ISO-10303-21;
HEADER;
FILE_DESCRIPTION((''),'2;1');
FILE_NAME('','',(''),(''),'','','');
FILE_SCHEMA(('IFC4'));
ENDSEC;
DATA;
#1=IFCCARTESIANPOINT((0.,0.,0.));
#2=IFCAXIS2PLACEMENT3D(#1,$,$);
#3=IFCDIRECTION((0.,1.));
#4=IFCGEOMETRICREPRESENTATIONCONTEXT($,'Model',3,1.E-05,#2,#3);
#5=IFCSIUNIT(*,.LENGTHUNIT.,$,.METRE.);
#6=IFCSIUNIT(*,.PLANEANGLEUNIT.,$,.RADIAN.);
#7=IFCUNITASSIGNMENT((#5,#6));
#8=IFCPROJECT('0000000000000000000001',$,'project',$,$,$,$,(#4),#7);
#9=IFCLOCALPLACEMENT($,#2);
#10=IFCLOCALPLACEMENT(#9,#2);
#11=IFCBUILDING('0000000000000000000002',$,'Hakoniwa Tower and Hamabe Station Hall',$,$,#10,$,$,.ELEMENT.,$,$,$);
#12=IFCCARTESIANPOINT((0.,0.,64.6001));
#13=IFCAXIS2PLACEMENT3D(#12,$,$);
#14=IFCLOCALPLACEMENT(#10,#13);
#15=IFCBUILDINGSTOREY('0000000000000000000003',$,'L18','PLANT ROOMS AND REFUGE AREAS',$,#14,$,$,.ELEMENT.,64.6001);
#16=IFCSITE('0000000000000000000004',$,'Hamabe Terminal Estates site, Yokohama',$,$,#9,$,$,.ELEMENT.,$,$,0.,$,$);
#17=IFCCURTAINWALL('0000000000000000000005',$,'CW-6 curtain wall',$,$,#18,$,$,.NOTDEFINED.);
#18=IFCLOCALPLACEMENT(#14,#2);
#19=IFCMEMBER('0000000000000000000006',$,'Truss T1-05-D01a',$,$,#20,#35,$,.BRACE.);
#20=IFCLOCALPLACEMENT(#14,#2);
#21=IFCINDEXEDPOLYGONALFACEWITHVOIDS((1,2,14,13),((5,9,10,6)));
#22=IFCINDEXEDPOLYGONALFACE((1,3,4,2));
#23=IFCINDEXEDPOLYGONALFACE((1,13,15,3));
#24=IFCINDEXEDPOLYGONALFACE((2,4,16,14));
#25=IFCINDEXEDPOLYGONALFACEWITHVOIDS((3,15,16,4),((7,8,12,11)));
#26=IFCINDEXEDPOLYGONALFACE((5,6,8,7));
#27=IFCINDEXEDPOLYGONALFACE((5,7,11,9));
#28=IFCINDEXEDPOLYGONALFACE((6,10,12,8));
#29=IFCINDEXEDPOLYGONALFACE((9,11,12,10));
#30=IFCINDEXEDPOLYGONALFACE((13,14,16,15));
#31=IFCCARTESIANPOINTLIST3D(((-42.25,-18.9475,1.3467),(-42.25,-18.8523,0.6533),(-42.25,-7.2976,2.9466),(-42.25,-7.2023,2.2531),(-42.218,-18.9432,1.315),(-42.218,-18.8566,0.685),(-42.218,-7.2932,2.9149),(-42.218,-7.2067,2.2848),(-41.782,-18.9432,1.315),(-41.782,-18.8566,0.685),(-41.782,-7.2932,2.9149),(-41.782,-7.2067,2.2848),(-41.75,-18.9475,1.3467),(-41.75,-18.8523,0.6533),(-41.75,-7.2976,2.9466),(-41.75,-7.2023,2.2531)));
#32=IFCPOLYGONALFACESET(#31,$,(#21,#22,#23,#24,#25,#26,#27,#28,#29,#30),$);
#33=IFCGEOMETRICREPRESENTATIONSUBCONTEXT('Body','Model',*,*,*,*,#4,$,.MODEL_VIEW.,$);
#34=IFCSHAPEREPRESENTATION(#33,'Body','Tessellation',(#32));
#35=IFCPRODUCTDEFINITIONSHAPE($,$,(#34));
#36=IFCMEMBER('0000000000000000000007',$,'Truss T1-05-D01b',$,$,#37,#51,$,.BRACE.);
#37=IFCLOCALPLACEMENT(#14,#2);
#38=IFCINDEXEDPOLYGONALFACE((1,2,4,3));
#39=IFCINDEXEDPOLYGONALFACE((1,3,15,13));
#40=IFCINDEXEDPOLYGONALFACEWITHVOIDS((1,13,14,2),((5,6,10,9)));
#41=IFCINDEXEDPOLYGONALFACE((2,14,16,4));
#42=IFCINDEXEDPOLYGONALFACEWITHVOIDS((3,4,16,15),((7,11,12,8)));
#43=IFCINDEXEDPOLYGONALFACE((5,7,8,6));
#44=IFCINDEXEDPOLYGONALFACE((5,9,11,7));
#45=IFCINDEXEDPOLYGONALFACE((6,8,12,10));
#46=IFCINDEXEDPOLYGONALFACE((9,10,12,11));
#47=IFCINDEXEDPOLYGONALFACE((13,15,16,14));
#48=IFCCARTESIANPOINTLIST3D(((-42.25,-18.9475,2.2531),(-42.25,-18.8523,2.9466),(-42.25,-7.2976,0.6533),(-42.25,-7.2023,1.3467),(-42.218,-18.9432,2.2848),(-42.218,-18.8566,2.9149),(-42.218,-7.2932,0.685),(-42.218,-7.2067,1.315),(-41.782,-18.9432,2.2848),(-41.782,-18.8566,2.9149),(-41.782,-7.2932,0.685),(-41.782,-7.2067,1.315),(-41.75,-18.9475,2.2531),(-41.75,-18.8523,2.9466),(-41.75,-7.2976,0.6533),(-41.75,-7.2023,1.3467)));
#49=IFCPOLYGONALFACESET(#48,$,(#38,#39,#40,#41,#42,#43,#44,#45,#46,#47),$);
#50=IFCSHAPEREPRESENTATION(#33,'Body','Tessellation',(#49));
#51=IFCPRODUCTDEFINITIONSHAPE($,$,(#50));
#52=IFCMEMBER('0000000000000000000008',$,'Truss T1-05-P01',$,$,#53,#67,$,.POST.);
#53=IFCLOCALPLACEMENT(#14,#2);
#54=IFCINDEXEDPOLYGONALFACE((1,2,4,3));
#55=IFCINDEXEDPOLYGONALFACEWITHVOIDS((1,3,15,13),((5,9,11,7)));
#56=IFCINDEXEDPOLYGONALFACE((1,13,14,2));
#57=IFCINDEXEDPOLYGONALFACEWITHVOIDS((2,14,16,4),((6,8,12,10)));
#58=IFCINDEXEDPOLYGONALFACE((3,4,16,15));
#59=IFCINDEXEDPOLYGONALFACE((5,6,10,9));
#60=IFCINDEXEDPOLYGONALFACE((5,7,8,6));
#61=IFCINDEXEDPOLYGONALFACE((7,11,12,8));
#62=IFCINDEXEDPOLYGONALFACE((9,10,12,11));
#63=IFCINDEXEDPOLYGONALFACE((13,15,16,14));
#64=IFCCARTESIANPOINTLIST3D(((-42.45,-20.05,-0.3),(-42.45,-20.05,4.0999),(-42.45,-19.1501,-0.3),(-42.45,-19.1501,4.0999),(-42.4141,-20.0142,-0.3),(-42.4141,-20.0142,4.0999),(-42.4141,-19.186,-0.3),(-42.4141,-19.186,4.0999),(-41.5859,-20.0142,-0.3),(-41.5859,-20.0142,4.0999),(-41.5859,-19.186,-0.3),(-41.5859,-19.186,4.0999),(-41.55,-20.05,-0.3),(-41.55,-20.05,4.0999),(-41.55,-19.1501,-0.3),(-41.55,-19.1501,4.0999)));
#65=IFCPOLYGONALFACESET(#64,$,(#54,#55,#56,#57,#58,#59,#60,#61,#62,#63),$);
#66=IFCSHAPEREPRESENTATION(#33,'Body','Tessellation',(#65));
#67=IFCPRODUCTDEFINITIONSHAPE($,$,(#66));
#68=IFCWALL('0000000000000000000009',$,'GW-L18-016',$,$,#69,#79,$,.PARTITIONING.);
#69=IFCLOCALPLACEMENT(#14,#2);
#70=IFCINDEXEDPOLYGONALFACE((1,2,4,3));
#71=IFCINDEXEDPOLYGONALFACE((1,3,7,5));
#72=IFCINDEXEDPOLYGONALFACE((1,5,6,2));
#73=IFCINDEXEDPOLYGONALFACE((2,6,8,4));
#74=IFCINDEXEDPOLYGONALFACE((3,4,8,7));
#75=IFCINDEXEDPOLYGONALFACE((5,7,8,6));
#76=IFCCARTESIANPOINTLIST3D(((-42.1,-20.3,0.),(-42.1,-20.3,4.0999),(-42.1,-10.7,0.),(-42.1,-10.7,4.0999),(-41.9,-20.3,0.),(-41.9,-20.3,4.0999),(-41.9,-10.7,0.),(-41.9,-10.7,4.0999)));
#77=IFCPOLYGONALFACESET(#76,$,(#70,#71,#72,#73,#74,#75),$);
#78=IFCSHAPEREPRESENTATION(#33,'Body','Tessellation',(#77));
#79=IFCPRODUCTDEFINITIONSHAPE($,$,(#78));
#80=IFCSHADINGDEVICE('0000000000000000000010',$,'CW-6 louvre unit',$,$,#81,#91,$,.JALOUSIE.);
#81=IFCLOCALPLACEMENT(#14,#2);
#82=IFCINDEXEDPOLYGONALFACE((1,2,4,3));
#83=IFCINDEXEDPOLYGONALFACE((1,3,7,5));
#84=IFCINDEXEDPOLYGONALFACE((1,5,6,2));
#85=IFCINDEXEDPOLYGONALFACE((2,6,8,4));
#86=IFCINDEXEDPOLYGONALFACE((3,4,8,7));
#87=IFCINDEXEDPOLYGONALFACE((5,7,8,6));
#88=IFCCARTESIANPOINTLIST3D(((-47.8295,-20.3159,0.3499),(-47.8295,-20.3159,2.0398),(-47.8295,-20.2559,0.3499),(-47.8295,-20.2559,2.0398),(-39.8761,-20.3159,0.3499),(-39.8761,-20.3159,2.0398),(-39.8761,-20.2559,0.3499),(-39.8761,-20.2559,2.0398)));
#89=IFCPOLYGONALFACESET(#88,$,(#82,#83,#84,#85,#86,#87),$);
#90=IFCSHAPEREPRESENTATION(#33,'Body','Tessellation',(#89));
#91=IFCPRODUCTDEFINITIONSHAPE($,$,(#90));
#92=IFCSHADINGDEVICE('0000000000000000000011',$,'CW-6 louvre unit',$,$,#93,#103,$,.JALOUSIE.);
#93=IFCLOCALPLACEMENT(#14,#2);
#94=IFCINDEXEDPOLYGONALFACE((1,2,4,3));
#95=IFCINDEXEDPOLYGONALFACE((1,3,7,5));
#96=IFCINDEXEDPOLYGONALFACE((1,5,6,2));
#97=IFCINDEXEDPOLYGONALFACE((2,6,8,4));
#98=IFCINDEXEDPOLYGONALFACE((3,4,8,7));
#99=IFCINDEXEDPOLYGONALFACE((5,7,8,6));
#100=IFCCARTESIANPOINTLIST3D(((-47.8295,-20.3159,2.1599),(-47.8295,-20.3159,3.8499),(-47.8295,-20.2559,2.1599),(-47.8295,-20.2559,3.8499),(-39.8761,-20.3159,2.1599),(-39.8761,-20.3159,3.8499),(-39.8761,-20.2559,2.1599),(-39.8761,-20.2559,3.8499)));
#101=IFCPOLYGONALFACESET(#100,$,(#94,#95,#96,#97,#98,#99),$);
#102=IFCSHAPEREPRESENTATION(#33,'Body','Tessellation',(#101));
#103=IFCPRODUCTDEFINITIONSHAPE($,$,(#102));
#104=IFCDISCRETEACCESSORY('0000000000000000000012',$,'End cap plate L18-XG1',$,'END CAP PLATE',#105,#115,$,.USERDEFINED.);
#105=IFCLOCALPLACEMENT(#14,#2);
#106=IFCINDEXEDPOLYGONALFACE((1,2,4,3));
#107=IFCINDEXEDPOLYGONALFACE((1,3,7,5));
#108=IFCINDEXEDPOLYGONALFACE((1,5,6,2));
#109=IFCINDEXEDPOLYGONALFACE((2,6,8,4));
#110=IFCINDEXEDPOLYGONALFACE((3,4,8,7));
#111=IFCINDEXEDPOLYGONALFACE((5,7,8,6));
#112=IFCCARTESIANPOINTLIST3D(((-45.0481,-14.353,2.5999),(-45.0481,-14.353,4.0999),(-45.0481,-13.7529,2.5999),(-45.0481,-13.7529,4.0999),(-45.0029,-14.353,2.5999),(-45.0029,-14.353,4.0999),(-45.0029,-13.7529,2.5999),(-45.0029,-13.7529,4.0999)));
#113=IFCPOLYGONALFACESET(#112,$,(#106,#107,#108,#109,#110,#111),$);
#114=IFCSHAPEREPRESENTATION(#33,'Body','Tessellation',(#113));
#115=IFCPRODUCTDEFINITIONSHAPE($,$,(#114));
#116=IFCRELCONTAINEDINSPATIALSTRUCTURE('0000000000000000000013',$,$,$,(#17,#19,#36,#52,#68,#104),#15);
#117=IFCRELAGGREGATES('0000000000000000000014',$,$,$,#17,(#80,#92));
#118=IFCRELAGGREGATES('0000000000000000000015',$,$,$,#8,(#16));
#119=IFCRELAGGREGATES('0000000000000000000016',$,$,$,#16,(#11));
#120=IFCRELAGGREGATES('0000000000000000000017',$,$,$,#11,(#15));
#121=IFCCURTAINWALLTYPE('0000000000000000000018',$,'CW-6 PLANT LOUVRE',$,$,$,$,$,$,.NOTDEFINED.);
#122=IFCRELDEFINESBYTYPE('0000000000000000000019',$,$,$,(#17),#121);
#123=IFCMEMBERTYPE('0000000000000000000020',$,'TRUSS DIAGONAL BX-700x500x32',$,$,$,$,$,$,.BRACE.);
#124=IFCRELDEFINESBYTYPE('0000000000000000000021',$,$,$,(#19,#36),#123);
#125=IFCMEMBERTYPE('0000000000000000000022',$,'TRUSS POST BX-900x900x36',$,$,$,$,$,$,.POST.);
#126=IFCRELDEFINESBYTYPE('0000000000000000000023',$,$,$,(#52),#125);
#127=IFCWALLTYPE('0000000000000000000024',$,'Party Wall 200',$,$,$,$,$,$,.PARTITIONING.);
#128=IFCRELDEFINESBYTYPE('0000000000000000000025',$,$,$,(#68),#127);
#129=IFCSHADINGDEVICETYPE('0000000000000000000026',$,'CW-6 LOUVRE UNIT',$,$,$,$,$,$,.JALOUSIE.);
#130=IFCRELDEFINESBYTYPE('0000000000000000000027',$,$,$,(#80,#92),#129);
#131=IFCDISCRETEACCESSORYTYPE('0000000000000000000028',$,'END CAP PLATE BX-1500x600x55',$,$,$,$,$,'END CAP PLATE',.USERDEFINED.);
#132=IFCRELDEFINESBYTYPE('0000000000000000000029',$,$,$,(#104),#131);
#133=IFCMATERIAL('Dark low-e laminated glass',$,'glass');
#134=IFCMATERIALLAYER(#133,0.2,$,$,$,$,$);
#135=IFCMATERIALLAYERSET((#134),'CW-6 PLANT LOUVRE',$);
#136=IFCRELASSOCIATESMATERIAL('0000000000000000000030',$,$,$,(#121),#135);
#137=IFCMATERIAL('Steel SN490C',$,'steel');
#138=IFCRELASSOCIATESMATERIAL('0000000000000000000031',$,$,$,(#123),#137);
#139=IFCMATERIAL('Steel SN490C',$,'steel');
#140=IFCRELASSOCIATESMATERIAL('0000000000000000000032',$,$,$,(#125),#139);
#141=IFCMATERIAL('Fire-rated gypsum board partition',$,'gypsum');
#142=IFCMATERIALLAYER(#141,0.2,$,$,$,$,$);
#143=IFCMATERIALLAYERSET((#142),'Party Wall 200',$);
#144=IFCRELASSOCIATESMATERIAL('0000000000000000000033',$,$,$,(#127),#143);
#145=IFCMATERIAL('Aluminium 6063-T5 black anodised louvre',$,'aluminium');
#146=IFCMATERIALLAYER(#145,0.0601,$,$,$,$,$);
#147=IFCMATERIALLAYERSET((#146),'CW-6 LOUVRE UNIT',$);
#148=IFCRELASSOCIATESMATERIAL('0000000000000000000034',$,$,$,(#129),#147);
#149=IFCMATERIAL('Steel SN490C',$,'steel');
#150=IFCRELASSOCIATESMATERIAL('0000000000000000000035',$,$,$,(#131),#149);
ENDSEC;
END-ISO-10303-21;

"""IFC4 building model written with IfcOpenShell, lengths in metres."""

from ifc_helpers import new_model, si_unit, direction, frame, frame_2d, origin, origin_2d, place, context, subcontext, project, spatial, rectangle, hollow_rectangle, extrude, material, layer, layer_set, material_profile, profile_set, type_object, element, aggregate, save


model = new_model("IFC4")

# Units and contexts
model_context = context("Model", 3, precision=1e-05, world=origin(), true_north=direction((0.0, 1.0)))
body_context = subcontext(model_context, "Body", "Model", "MODEL_VIEW")
ifc_project = project(units=[si_unit("LENGTHUNIT", "METRE"), si_unit("PLANEANGLEUNIT", "RADIAN")], contexts=[model_context])

# Site, building, storey
site_placement = place(None, origin())
site = spatial("IfcSite", under=ifc_project, at=site_placement, Name="Hamabe Terminal Estates site, Yokohama", CompositionType="ELEMENT", RefElevation=0.0)
building_placement = place(site_placement, origin())
building = spatial("IfcBuilding", under=site, at=building_placement, Name="Hakoniwa Tower and Hamabe Station Hall", CompositionType="ELEMENT")
storey_placement = place(building_placement, frame((0.0, 0.0, 64.6001)))
storey = spatial("IfcBuildingStorey", under=building, at=storey_placement, Name="L18", Description="PLANT ROOMS AND REFUGE AREAS", CompositionType="ELEMENT", Elevation=64.6001)

# Curtain wall
ifc_material_1 = material(Name="Dark low-e laminated glass", Category="glass")
ifc_layer_1 = layer(ifc_material_1, 0.2)
ifc_layer_set_1 = layer_set([ifc_layer_1], Name="CW-6 PLANT LOUVRE")
curtain_wall_type = type_object("IfcCurtainWallType", Name="CW-6 PLANT LOUVRE", PredefinedType="NOTDEFINED", material=ifc_layer_set_1)
curtain_wall_1_placement = place(storey_placement, origin())
curtain_wall_1 = element("IfcCurtainWall", 1, at=curtain_wall_1_placement, inside=storey, type_object=curtain_wall_type, Name="CW-6 curtain wall", PredefinedType="NOTDEFINED")

# Members
ifc_material_2 = material(Name="Steel SN490C", Category="steel")
ifc_material_profile_1 = material_profile(ifc_material_2, hollow_rectangle(XDim=0.5, YDim=0.7, WallThickness=0.032, at=origin_2d()), Name="BX-700x500x32")
ifc_profile_set_1 = profile_set([ifc_material_profile_1], Name="Steel SN490C")
member_type_1 = type_object("IfcMemberType", Name="TRUSS DIAGONAL BX-700x500x32", PredefinedType="BRACE", material=ifc_profile_set_1)
for number, where, z_axis, x_axis, name in (
    (2, (-42.0, -18.8999, 1.0), (0.0, 0.990702, 0.136051), (-1.0, 0.0, 0.0), "Truss T1-05-D01a"),
    (3, (-42.0, -18.8999, 2.5999), (0.0, 0.990702, -0.136051), (-1.0, 0.0, 0.0), "Truss T1-05-D01b"),
):
    element("IfcMember", number, at=place(storey_placement, frame(where, z_axis=z_axis, x_axis=x_axis)), inside=storey, type_object=member_type_1, Name=name, PredefinedType="BRACE", context=body_context, shape_type="SweptSolid", body=[
        extrude(hollow_rectangle(XDim=0.5, YDim=0.7, WallThickness=0.032, at=origin_2d()), origin(), (0.0, 0.0, 1.0), 11.7593),
    ])
ifc_material_3 = material(Name="Steel SN490C", Category="steel")
ifc_material_profile_2 = material_profile(ifc_material_3, hollow_rectangle(XDim=0.8999, YDim=0.8999, WallThickness=0.0359, at=origin_2d()), Name="BX-900x900x36")
ifc_profile_set_2 = profile_set([ifc_material_profile_2], Name="Steel SN490C")
member_type_2 = type_object("IfcMemberType", Name="TRUSS POST BX-900x900x36", PredefinedType="POST", material=ifc_profile_set_2)
member_1_placement = place(storey_placement, frame((-42.0, -19.6001, -0.3), z_axis=(0.0, 0.0, 1.0), x_axis=(1.0, 0.0, 0.0)))
element("IfcMember", 4, at=member_1_placement, inside=storey, type_object=member_type_2, Name="Truss T1-05-P01", PredefinedType="POST", context=body_context, shape_type="SweptSolid", body=[
    extrude(hollow_rectangle(XDim=0.8999, YDim=0.8999, WallThickness=0.0359, at=origin_2d()), origin(), (0.0, 0.0, 1.0), 4.3999),
])

# Wall
ifc_material_4 = material(Name="Fire-rated gypsum board partition", Category="gypsum")
ifc_layer_2 = layer(ifc_material_4, 0.2)
ifc_layer_set_2 = layer_set([ifc_layer_2], Name="Party Wall 200")
wall_type = type_object("IfcWallType", Name="Party Wall 200", PredefinedType="PARTITIONING", material=ifc_layer_set_2)
wall_placement = place(storey_placement, frame((-42.0, -20.3, 0.0), z_axis=(0.0, 0.0, 1.0), x_axis=(0.0, 1.0, 0.0)))
element("IfcWall", 5, at=wall_placement, inside=storey, type_object=wall_type, Name="GW-L18-016", PredefinedType="PARTITIONING", context=body_context, shape_type="SweptSolid", body=[
    extrude(rectangle(XDim=9.6001, YDim=0.2, at=frame_2d((4.8, 0.0))), origin(), (0.0, 0.0, 1.0), 4.0999),
])

# Shading devices
ifc_material_5 = material(Name="Aluminium 6063-T5 black anodised louvre", Category="aluminium")
ifc_layer_3 = layer(ifc_material_5, 0.0601)
ifc_layer_set_3 = layer_set([ifc_layer_3], Name="CW-6 LOUVRE UNIT")
shading_device_type = type_object("IfcShadingDeviceType", Name="CW-6 LOUVRE UNIT", PredefinedType="JALOUSIE", material=ifc_layer_set_3)
shading_device_1_placement = place(storey_placement, frame((-43.8528, -20.2859, 0.3499), z_axis=(0.0, 0.0, 1.0), x_axis=(1.0, 0.0, 0.0)))
shading_device_1 = element("IfcShadingDevice", 6, at=shading_device_1_placement, type_object=shading_device_type, Name="CW-6 louvre unit", PredefinedType="JALOUSIE", context=body_context, shape_type="SweptSolid", body=[
    extrude(rectangle(XDim=7.9534, YDim=0.0601, at=origin_2d()), origin(), (0.0, 0.0, 1.0), 1.6899),
])
shading_device_2_placement = place(storey_placement, frame((-43.8528, -20.2859, 2.1599), z_axis=(0.0, 0.0, 1.0), x_axis=(1.0, 0.0, 0.0)))
shading_device_2 = element("IfcShadingDevice", 7, at=shading_device_2_placement, type_object=shading_device_type, Name="CW-6 louvre unit", PredefinedType="JALOUSIE", context=body_context, shape_type="SweptSolid", body=[
    extrude(rectangle(XDim=7.9534, YDim=0.0601, at=origin_2d()), origin(), (0.0, 0.0, 1.0), 1.6899),
])
aggregate(curtain_wall_1, [shading_device_1, shading_device_2])

# Discrete accessory
ifc_material_6 = material(Name="Steel SN490C", Category="steel")
ifc_material_profile_3 = material_profile(ifc_material_6, rectangle(XDim=0.6001, YDim=1.5, at=origin_2d()), Name="END CAP PLATE BX-1500x600x55")
ifc_profile_set_3 = profile_set([ifc_material_profile_3], Name="Steel SN490C")
discrete_accessory_type = type_object("IfcDiscreteAccessoryType", Name="END CAP PLATE BX-1500x600x55", ElementType="END CAP PLATE", PredefinedType="USERDEFINED", material=ifc_profile_set_3)
discrete_accessory_placement = place(storey_placement, frame((-45.0481, -14.053, 3.3499), z_axis=(1.0, 0.0, 0.0), x_axis=(0.0, 1.0, 0.0)))
element("IfcDiscreteAccessory", 8, at=discrete_accessory_placement, inside=storey, type_object=discrete_accessory_type, Name="End cap plate L18-XG1", ObjectType="END CAP PLATE", PredefinedType="USERDEFINED", context=body_context, shape_type="SweptSolid", body=[
    extrude(rectangle(XDim=0.6001, YDim=1.5, at=origin_2d()), origin(), (0.0, 0.0, 1.0), 0.0452),
])

save(model, "model.ifc")
